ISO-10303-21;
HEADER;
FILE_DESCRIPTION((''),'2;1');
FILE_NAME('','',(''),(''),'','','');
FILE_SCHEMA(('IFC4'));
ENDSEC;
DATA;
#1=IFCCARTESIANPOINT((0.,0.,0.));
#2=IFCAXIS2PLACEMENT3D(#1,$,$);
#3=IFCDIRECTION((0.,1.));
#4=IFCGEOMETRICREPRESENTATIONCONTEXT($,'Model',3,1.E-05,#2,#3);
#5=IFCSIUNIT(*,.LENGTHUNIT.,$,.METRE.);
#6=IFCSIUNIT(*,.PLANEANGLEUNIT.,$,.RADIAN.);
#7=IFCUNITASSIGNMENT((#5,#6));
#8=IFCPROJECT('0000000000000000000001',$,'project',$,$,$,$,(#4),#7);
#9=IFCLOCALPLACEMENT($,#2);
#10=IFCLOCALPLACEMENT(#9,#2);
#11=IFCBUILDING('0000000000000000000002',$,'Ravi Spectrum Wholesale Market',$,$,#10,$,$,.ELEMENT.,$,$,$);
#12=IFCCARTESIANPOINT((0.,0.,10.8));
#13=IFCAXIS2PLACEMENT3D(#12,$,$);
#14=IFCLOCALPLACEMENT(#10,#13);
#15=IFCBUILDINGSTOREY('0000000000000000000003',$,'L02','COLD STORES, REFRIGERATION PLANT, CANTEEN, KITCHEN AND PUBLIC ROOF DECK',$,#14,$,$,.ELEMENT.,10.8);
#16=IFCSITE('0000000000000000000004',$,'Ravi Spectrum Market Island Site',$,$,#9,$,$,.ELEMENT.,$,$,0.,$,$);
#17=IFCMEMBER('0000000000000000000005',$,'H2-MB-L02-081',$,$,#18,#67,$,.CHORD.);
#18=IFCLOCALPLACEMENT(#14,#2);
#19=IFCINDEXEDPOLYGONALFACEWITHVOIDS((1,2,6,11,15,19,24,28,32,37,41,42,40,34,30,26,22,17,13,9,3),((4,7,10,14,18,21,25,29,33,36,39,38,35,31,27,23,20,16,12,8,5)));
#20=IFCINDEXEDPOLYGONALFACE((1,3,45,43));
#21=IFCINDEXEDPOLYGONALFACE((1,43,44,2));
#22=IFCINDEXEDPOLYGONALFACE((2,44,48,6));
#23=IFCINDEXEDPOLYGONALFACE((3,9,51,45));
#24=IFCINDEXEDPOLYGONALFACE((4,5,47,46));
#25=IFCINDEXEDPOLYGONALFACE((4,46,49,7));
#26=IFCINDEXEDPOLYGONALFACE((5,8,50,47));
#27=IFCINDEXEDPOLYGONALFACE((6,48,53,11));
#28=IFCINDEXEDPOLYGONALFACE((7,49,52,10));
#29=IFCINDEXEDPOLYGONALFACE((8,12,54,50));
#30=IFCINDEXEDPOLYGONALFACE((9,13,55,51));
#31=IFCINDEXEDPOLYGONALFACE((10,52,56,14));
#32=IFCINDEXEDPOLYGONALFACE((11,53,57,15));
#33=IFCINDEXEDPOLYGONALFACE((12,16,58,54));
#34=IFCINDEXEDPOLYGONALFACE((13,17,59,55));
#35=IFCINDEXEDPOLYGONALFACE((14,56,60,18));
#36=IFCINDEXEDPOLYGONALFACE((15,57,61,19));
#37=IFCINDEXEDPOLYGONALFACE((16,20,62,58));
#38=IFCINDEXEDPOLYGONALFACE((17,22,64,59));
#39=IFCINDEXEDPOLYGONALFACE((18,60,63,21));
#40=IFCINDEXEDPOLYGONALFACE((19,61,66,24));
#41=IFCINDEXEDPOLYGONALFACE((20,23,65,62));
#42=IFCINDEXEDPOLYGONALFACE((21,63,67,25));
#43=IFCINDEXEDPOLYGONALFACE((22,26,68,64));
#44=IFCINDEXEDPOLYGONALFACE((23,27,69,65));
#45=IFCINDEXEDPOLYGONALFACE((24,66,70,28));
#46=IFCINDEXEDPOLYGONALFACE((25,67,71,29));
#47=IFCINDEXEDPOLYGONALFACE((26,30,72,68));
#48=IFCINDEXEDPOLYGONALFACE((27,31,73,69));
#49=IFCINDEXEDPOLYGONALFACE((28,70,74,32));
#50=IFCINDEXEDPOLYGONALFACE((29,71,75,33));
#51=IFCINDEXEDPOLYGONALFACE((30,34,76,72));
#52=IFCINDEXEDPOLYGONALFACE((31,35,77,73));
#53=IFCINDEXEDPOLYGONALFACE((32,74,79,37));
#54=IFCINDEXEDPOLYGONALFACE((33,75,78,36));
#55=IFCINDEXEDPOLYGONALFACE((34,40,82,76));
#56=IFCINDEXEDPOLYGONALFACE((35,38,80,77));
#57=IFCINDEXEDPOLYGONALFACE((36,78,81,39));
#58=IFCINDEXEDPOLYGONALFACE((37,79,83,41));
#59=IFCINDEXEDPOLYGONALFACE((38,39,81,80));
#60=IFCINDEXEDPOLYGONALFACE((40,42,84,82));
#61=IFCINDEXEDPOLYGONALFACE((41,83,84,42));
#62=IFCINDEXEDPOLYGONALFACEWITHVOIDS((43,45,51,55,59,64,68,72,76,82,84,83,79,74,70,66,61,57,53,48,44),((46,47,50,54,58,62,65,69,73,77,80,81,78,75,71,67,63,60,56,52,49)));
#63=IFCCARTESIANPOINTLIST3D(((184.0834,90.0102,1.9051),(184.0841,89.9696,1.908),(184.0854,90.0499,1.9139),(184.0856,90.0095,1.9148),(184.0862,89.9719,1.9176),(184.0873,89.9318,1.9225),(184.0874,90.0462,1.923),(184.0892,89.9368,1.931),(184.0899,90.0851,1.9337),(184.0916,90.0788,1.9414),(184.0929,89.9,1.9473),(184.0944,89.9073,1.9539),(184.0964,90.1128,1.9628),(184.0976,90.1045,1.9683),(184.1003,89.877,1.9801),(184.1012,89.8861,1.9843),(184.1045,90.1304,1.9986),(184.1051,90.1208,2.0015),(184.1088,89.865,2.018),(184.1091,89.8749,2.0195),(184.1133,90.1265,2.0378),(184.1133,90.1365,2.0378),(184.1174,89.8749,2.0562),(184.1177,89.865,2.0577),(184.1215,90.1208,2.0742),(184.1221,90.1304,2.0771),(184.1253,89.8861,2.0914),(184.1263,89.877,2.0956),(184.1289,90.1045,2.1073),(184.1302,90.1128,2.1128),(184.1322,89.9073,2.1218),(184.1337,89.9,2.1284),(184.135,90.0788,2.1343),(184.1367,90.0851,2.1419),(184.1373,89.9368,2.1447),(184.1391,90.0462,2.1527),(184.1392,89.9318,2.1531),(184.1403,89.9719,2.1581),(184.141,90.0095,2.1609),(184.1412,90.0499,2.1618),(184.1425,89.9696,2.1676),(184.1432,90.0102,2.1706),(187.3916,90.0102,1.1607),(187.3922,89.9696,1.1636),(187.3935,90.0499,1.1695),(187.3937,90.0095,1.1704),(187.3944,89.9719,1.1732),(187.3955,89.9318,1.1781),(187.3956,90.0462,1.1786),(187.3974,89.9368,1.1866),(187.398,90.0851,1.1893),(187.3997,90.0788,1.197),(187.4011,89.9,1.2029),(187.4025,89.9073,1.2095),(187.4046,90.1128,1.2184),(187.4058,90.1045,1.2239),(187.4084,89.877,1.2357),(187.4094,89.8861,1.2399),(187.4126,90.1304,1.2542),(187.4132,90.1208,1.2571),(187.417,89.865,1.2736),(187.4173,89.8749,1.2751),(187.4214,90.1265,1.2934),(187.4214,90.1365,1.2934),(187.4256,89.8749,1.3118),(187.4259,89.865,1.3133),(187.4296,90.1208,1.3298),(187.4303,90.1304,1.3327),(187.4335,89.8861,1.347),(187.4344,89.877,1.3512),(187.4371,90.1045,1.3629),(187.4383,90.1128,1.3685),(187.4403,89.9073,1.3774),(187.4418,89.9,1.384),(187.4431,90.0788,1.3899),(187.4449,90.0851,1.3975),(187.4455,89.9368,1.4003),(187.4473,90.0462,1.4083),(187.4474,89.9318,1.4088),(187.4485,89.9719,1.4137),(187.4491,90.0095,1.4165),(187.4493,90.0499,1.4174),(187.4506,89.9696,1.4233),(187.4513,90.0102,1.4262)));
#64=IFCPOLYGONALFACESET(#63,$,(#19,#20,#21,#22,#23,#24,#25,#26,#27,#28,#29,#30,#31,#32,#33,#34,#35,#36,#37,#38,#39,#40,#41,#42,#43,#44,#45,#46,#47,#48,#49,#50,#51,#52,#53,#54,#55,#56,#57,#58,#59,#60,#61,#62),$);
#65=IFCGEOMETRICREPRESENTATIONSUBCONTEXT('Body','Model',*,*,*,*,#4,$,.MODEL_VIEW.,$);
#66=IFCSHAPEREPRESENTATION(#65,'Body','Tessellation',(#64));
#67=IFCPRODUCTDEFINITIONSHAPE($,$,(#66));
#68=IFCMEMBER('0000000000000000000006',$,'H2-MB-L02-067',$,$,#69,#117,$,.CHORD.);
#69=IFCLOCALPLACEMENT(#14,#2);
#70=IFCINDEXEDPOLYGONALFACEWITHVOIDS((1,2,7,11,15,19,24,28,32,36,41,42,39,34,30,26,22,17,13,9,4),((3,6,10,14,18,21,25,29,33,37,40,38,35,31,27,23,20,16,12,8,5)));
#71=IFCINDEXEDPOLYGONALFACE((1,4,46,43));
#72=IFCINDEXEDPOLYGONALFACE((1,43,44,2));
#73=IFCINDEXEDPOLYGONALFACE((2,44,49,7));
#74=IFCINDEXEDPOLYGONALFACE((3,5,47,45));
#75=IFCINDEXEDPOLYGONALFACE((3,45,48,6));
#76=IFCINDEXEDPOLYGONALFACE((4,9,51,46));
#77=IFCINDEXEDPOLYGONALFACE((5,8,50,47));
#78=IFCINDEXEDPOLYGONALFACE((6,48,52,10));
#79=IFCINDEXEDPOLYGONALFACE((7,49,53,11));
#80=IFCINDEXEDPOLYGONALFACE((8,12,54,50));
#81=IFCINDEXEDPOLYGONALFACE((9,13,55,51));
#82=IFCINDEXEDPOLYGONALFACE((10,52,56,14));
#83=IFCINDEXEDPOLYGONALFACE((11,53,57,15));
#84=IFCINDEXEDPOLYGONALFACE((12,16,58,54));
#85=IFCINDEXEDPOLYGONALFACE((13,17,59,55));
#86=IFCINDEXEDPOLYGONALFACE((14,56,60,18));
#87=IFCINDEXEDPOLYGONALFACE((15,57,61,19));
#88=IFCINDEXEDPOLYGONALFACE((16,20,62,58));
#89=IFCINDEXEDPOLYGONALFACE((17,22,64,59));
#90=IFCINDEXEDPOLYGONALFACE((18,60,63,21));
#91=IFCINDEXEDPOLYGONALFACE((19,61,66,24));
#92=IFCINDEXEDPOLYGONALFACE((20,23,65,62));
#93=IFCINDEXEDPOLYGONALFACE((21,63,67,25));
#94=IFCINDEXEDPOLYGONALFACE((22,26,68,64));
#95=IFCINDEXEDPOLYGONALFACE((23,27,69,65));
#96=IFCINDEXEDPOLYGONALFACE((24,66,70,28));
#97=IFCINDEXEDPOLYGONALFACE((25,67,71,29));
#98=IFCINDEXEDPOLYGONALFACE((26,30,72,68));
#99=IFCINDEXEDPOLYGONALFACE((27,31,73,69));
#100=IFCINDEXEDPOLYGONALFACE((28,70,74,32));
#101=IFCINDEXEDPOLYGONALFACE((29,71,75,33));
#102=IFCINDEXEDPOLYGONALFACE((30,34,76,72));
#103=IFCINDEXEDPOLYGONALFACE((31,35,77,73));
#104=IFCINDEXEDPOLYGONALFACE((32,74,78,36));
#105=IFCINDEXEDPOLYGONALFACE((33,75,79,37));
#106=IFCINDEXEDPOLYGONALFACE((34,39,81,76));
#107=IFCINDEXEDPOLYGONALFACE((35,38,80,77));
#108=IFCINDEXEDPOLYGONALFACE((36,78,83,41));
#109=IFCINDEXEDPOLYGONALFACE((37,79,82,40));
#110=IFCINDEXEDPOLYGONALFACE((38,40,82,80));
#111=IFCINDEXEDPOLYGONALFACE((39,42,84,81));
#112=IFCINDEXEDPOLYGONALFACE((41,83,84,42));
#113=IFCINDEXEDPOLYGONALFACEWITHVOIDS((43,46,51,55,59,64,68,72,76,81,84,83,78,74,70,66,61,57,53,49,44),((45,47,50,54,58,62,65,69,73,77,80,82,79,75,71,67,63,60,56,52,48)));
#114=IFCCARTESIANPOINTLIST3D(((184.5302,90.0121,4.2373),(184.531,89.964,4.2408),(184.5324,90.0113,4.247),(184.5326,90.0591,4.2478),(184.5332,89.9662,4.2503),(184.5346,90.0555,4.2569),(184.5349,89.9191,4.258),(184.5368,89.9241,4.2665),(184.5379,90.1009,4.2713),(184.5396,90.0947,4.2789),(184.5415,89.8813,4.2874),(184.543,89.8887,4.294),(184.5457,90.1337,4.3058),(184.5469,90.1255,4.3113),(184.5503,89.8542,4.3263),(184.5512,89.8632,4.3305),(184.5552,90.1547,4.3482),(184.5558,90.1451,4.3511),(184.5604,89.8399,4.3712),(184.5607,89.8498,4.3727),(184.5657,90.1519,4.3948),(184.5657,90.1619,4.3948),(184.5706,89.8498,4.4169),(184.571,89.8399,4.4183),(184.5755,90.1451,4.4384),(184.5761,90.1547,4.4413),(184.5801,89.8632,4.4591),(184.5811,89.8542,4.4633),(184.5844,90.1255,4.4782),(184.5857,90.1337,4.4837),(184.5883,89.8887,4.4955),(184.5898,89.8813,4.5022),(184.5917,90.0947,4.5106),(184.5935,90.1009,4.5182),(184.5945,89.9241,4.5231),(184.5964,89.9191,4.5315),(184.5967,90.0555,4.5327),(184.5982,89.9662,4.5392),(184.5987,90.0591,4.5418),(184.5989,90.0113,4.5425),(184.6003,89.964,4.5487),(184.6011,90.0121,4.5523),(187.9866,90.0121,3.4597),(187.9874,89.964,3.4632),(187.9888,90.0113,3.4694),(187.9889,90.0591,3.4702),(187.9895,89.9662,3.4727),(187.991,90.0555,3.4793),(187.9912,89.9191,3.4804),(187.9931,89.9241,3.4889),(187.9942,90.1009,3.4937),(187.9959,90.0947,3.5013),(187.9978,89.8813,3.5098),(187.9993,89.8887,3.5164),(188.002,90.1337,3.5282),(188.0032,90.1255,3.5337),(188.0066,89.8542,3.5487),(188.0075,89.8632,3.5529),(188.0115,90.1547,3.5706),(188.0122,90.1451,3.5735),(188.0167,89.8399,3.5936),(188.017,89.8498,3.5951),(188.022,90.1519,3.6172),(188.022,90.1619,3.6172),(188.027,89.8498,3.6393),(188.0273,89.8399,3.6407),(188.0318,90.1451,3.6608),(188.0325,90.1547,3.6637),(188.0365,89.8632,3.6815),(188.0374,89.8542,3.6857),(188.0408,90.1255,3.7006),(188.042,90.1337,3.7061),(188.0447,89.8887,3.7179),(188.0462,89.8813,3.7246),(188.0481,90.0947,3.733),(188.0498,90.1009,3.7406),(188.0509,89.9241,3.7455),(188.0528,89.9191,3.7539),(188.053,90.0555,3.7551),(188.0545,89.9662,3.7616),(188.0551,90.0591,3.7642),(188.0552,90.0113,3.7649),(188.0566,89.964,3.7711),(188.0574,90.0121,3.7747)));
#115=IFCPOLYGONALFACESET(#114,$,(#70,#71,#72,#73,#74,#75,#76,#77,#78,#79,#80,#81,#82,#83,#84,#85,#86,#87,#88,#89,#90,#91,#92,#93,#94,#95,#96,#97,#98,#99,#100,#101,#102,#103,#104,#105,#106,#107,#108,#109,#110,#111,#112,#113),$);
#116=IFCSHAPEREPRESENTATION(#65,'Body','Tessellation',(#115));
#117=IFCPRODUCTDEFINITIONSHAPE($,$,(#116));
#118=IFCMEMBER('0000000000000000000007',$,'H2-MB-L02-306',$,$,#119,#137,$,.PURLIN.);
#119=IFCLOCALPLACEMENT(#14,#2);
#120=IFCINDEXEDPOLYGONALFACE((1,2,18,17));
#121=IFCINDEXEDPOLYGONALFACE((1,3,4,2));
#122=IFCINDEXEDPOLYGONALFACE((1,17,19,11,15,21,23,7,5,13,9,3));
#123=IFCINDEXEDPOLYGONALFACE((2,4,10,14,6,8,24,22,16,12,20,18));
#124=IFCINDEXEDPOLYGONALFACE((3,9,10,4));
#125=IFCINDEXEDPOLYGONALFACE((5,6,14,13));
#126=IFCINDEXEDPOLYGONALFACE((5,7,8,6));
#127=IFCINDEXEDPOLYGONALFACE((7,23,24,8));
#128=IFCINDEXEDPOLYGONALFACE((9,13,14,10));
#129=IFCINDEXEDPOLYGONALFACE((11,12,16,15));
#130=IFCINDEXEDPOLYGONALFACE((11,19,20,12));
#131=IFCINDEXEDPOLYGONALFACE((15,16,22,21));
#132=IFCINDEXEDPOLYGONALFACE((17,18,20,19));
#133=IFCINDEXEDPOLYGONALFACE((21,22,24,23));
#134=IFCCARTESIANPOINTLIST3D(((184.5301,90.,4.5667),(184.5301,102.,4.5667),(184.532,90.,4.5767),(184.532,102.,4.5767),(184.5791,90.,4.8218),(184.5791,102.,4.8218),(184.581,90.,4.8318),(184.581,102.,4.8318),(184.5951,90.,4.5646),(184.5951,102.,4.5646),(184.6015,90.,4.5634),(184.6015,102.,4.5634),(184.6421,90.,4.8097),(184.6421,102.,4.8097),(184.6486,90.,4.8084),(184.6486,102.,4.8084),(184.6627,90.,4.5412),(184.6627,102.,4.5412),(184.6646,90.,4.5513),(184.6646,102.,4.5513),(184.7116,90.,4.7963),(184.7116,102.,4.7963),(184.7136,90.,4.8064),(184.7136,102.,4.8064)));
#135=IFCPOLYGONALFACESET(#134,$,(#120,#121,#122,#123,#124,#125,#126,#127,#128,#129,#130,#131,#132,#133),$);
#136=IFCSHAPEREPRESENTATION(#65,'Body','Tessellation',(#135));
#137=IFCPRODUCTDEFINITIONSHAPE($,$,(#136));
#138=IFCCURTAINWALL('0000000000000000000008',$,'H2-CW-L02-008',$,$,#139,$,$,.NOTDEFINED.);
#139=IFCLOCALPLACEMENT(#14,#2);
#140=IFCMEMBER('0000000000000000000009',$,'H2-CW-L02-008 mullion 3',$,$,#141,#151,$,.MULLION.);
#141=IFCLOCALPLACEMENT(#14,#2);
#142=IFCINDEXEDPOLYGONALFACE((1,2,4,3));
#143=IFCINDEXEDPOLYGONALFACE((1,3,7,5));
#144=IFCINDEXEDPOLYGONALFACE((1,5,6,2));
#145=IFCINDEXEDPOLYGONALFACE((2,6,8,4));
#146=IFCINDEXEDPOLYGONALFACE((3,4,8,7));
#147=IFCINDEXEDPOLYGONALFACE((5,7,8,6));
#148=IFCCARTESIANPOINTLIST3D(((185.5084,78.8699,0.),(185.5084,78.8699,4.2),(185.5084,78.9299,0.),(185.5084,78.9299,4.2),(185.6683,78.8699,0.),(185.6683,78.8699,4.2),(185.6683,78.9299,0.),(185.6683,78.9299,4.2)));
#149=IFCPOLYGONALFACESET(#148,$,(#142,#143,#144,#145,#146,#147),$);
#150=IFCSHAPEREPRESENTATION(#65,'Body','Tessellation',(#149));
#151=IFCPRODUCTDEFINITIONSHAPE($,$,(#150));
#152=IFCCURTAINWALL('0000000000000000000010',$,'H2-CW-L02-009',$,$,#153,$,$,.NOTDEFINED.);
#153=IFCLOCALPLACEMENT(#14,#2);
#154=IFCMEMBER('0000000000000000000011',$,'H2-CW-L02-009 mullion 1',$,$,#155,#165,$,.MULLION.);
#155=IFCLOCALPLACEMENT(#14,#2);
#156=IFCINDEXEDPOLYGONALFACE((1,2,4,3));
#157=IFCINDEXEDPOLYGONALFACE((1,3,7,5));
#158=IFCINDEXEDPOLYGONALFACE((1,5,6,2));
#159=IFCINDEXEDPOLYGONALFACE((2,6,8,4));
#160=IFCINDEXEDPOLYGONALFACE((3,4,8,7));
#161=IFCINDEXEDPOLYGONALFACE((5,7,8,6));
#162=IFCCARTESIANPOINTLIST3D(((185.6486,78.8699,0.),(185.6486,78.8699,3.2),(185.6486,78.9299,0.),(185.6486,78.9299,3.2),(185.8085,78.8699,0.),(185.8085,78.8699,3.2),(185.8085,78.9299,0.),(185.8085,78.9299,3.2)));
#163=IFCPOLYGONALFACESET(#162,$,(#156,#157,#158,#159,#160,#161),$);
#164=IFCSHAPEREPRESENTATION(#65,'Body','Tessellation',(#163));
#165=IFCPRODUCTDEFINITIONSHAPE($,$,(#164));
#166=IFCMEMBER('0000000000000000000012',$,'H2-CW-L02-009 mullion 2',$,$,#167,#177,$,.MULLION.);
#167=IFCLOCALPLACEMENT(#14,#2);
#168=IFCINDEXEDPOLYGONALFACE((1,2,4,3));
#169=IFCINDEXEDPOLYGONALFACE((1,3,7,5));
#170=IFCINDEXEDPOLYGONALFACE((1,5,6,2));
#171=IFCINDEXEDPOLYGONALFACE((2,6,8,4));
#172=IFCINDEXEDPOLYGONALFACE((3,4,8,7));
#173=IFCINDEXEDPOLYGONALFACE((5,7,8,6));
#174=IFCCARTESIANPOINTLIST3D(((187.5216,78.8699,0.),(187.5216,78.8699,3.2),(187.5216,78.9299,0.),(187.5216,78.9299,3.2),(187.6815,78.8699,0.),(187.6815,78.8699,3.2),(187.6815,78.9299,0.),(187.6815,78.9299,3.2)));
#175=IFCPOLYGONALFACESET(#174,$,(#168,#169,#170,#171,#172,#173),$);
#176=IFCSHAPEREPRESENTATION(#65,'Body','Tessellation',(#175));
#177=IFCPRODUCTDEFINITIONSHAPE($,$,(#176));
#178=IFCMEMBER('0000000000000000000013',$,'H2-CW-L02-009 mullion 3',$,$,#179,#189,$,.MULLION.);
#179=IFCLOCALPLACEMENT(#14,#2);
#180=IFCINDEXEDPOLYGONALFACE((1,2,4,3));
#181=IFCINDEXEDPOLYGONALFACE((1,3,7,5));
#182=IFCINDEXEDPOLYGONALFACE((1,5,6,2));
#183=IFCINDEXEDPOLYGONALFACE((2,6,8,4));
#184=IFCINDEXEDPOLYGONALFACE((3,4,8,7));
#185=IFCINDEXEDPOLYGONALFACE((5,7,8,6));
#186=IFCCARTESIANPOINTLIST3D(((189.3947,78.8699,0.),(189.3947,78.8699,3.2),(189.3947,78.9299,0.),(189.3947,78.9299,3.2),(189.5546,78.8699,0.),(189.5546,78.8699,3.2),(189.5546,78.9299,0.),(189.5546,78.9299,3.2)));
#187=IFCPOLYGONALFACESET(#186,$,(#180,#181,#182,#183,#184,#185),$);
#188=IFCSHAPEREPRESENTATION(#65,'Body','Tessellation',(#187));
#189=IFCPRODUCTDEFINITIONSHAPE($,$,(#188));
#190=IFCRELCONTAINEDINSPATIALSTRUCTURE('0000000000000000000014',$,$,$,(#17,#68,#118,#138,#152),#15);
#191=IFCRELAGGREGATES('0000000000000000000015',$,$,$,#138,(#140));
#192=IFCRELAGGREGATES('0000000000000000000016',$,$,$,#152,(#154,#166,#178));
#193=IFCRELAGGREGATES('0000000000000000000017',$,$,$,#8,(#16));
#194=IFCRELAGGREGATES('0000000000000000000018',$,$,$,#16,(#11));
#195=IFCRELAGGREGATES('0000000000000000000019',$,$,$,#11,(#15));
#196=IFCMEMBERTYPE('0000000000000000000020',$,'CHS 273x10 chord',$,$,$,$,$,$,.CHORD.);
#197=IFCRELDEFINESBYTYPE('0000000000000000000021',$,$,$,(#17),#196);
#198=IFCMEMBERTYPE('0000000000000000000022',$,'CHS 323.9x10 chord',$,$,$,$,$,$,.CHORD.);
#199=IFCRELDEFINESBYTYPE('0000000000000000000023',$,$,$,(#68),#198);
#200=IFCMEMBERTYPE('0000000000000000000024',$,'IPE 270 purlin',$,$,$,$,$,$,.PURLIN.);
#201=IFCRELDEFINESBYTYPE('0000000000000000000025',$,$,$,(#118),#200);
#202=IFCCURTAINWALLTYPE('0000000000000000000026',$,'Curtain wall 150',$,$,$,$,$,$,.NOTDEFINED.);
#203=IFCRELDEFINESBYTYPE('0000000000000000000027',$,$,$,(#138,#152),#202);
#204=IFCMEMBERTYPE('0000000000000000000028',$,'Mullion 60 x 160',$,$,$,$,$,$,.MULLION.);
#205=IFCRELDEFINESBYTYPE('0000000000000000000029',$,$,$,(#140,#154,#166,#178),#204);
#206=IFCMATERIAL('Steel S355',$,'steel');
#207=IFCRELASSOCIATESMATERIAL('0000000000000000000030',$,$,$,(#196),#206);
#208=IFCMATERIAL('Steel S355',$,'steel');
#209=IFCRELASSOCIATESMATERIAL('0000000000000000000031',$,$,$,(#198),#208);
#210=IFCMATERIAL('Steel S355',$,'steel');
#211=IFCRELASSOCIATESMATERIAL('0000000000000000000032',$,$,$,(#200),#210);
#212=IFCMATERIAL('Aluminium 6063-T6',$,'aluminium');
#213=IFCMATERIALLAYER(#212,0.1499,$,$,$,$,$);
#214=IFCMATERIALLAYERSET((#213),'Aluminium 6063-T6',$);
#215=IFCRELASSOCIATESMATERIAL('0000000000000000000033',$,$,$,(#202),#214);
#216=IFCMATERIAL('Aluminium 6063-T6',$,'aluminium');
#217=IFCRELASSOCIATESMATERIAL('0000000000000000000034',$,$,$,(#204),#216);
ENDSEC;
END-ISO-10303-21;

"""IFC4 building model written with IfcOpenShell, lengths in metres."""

from ifc_helpers import new_model, si_unit, direction, frame, origin, origin_2d, place, context, subcontext, project, spatial, rectangle, hollow_circle, i_section, extrude, material, layer, layer_set, material_profile, profile_set, type_object, element, aggregate, save


model = new_model("IFC4")

# Units and contexts
model_context = context("Model", 3, precision=1e-05, world=origin(), true_north=direction((0.0, 1.0)))
body_context = subcontext(model_context, "Body", "Model", "MODEL_VIEW")
ifc_project = project(units=[si_unit("LENGTHUNIT", "METRE"), si_unit("PLANEANGLEUNIT", "RADIAN")], contexts=[model_context])

# Site, building, storey
site_placement = place(None, origin())
site = spatial("IfcSite", under=ifc_project, at=site_placement, Name="Ravi Spectrum Market Island Site", CompositionType="ELEMENT", RefElevation=0.0)
building_placement = place(site_placement, origin())
building = spatial("IfcBuilding", under=site, at=building_placement, Name="Ravi Spectrum Wholesale Market", CompositionType="ELEMENT")
storey_placement = place(building_placement, frame((0.0, 0.0, 10.8)))
storey = spatial("IfcBuildingStorey", under=building, at=storey_placement, Name="L02", Description="COLD STORES, REFRIGERATION PLANT, CANTEEN, KITCHEN AND PUBLIC ROOF DECK", CompositionType="ELEMENT", Elevation=10.8)

# Members
ifc_material_1 = material(Name="Steel S355", Category="steel")
ifc_material_profile_1 = material_profile(ifc_material_1, hollow_circle(Radius=0.1365, WallThickness=0.01, at=origin_2d()))
ifc_profile_set_1 = profile_set([ifc_material_profile_1], Name="Steel S355")
member_type_1 = type_object("IfcMemberType", Name="CHS 273x10 chord", PredefinedType="CHORD", material=ifc_profile_set_1)
member_1_placement = place(storey_placement, frame((184.1133, 90.0, 2.0378), z_axis=(0.975606, 0.0, -0.219529), x_axis=(0.0, 1.0, 0.0)))
element("IfcMember", 1, at=member_1_placement, inside=storey, type_object=member_type_1, Name="H2-MB-L02-081", PredefinedType="CHORD", context=body_context, shape_type="SweptSolid", body=[
    extrude(hollow_circle(Radius=0.1365, WallThickness=0.01, at=origin_2d()), origin(), (0.0, 0.0, 1.0), 3.3909),
])
ifc_material_2 = material(Name="Steel S355", Category="steel")
ifc_material_profile_2 = material_profile(ifc_material_2, hollow_circle(Radius=0.1619, WallThickness=0.01, at=origin_2d()))
ifc_profile_set_2 = profile_set([ifc_material_profile_2], Name="Steel S355")
member_type_2 = type_object("IfcMemberType", Name="CHS 323.9x10 chord", PredefinedType="CHORD", material=ifc_profile_set_2)
member_2_placement = place(storey_placement, frame((184.5657, 90.0, 4.3948), z_axis=(0.975615, 0.0, -0.219491), x_axis=(0.0, 1.0, 0.0)))
element("IfcMember", 2, at=member_2_placement, inside=storey, type_object=member_type_2, Name="H2-MB-L02-067", PredefinedType="CHORD", context=body_context, shape_type="SweptSolid", body=[
    extrude(hollow_circle(Radius=0.1619, WallThickness=0.01, at=origin_2d()), origin(), (0.0, 0.0, 1.0), 3.5427),
])
ifc_material_3 = material(Name="Steel S355", Category="steel")
ifc_material_profile_3 = material_profile(ifc_material_3, i_section(OverallWidth=0.135, OverallDepth=0.27, WebThickness=0.0066, FlangeThickness=0.0103, at=origin_2d()))
ifc_profile_set_3 = profile_set([ifc_material_profile_3], Name="Steel S355")
member_type_3 = type_object("IfcMemberType", Name="IPE 270 purlin", PredefinedType="PURLIN", material=ifc_profile_set_3)
member_3_placement = place(storey_placement, frame((184.6218, 90.0, 4.6865), z_axis=(0.0, 1.0, 0.0), x_axis=(-0.982061, 0.0, 0.188562)))
element("IfcMember", 3, at=member_3_placement, inside=storey, type_object=member_type_3, Name="H2-MB-L02-306", PredefinedType="PURLIN", context=body_context, shape_type="SweptSolid", body=[
    extrude(i_section(OverallWidth=0.135, OverallDepth=0.27, WebThickness=0.0066, FlangeThickness=0.0103, at=origin_2d()), origin(), (0.0, 0.0, 1.0), 12.0),
])

# Curtain wall, member
ifc_material_4 = material(Name="Aluminium 6063-T6", Category="aluminium")
ifc_layer_1 = layer(ifc_material_4, 0.1499)
ifc_layer_set_1 = layer_set([ifc_layer_1], Name="Aluminium 6063-T6")
curtain_wall_type = type_object("IfcCurtainWallType", Name="Curtain wall 150", PredefinedType="NOTDEFINED", material=ifc_layer_set_1)
curtain_wall_1_placement = place(storey_placement, origin())
curtain_wall_1 = element("IfcCurtainWall", 4, at=curtain_wall_1_placement, inside=storey, type_object=curtain_wall_type, Name="H2-CW-L02-008", PredefinedType="NOTDEFINED")
ifc_material_5 = material(Name="Aluminium 6063-T6", Category="aluminium")
ifc_material_profile_4 = material_profile(ifc_material_5, rectangle(XDim=0.0601, YDim=0.1599, at=origin_2d()))
ifc_profile_set_4 = profile_set([ifc_material_profile_4], Name="Aluminium 6063-T6")
member_type_4 = type_object("IfcMemberType", Name="Mullion 60 x 160", PredefinedType="MULLION", material=ifc_profile_set_4)
member_4_placement = place(storey_placement, frame((185.5884, 78.8999, 0.0), z_axis=(0.0, 0.0, 1.0), x_axis=(0.0, 1.0, 0.0)))
member_4 = element("IfcMember", 5, at=member_4_placement, type_object=member_type_4, Name="H2-CW-L02-008 mullion 3", PredefinedType="MULLION", context=body_context, shape_type="SweptSolid", body=[
    extrude(rectangle(XDim=0.0601, YDim=0.1599, at=origin_2d()), origin(), (0.0, 0.0, 1.0), 4.2),
])
aggregate(curtain_wall_1, [member_4])

# Curtain wall, members
curtain_wall_2_placement = place(storey_placement, origin())
curtain_wall_2 = element("IfcCurtainWall", 6, at=curtain_wall_2_placement, inside=storey, type_object=curtain_wall_type, Name="H2-CW-L02-009", PredefinedType="NOTDEFINED")
member_5_placement = place(storey_placement, frame((185.7285, 78.8999, 0.0), z_axis=(0.0, 0.0, 1.0), x_axis=(0.0, 1.0, 0.0)))
member_5 = element("IfcMember", 7, at=member_5_placement, type_object=member_type_4, Name="H2-CW-L02-009 mullion 1", PredefinedType="MULLION", context=body_context, shape_type="SweptSolid", body=[
    extrude(rectangle(XDim=0.0601, YDim=0.1599, at=origin_2d()), origin(), (0.0, 0.0, 1.0), 3.2),
])
member_6_placement = place(storey_placement, frame((187.6016, 78.8999, 0.0), z_axis=(0.0, 0.0, 1.0), x_axis=(0.0, 1.0, 0.0)))
member_6 = element("IfcMember", 8, at=member_6_placement, type_object=member_type_4, Name="H2-CW-L02-009 mullion 2", PredefinedType="MULLION", context=body_context, shape_type="SweptSolid", body=[
    extrude(rectangle(XDim=0.0601, YDim=0.1599, at=origin_2d()), origin(), (0.0, 0.0, 1.0), 3.2),
])
member_7_placement = place(storey_placement, frame((189.4746, 78.8999, 0.0), z_axis=(0.0, 0.0, 1.0), x_axis=(0.0, 1.0, 0.0)))
member_7 = element("IfcMember", 9, at=member_7_placement, type_object=member_type_4, Name="H2-CW-L02-009 mullion 3", PredefinedType="MULLION", context=body_context, shape_type="SweptSolid", body=[
    extrude(rectangle(XDim=0.0601, YDim=0.1599, at=origin_2d()), origin(), (0.0, 0.0, 1.0), 3.2),
])

aggregate(curtain_wall_2, [member_5, member_6, member_7])

save(model, "model.ifc")
